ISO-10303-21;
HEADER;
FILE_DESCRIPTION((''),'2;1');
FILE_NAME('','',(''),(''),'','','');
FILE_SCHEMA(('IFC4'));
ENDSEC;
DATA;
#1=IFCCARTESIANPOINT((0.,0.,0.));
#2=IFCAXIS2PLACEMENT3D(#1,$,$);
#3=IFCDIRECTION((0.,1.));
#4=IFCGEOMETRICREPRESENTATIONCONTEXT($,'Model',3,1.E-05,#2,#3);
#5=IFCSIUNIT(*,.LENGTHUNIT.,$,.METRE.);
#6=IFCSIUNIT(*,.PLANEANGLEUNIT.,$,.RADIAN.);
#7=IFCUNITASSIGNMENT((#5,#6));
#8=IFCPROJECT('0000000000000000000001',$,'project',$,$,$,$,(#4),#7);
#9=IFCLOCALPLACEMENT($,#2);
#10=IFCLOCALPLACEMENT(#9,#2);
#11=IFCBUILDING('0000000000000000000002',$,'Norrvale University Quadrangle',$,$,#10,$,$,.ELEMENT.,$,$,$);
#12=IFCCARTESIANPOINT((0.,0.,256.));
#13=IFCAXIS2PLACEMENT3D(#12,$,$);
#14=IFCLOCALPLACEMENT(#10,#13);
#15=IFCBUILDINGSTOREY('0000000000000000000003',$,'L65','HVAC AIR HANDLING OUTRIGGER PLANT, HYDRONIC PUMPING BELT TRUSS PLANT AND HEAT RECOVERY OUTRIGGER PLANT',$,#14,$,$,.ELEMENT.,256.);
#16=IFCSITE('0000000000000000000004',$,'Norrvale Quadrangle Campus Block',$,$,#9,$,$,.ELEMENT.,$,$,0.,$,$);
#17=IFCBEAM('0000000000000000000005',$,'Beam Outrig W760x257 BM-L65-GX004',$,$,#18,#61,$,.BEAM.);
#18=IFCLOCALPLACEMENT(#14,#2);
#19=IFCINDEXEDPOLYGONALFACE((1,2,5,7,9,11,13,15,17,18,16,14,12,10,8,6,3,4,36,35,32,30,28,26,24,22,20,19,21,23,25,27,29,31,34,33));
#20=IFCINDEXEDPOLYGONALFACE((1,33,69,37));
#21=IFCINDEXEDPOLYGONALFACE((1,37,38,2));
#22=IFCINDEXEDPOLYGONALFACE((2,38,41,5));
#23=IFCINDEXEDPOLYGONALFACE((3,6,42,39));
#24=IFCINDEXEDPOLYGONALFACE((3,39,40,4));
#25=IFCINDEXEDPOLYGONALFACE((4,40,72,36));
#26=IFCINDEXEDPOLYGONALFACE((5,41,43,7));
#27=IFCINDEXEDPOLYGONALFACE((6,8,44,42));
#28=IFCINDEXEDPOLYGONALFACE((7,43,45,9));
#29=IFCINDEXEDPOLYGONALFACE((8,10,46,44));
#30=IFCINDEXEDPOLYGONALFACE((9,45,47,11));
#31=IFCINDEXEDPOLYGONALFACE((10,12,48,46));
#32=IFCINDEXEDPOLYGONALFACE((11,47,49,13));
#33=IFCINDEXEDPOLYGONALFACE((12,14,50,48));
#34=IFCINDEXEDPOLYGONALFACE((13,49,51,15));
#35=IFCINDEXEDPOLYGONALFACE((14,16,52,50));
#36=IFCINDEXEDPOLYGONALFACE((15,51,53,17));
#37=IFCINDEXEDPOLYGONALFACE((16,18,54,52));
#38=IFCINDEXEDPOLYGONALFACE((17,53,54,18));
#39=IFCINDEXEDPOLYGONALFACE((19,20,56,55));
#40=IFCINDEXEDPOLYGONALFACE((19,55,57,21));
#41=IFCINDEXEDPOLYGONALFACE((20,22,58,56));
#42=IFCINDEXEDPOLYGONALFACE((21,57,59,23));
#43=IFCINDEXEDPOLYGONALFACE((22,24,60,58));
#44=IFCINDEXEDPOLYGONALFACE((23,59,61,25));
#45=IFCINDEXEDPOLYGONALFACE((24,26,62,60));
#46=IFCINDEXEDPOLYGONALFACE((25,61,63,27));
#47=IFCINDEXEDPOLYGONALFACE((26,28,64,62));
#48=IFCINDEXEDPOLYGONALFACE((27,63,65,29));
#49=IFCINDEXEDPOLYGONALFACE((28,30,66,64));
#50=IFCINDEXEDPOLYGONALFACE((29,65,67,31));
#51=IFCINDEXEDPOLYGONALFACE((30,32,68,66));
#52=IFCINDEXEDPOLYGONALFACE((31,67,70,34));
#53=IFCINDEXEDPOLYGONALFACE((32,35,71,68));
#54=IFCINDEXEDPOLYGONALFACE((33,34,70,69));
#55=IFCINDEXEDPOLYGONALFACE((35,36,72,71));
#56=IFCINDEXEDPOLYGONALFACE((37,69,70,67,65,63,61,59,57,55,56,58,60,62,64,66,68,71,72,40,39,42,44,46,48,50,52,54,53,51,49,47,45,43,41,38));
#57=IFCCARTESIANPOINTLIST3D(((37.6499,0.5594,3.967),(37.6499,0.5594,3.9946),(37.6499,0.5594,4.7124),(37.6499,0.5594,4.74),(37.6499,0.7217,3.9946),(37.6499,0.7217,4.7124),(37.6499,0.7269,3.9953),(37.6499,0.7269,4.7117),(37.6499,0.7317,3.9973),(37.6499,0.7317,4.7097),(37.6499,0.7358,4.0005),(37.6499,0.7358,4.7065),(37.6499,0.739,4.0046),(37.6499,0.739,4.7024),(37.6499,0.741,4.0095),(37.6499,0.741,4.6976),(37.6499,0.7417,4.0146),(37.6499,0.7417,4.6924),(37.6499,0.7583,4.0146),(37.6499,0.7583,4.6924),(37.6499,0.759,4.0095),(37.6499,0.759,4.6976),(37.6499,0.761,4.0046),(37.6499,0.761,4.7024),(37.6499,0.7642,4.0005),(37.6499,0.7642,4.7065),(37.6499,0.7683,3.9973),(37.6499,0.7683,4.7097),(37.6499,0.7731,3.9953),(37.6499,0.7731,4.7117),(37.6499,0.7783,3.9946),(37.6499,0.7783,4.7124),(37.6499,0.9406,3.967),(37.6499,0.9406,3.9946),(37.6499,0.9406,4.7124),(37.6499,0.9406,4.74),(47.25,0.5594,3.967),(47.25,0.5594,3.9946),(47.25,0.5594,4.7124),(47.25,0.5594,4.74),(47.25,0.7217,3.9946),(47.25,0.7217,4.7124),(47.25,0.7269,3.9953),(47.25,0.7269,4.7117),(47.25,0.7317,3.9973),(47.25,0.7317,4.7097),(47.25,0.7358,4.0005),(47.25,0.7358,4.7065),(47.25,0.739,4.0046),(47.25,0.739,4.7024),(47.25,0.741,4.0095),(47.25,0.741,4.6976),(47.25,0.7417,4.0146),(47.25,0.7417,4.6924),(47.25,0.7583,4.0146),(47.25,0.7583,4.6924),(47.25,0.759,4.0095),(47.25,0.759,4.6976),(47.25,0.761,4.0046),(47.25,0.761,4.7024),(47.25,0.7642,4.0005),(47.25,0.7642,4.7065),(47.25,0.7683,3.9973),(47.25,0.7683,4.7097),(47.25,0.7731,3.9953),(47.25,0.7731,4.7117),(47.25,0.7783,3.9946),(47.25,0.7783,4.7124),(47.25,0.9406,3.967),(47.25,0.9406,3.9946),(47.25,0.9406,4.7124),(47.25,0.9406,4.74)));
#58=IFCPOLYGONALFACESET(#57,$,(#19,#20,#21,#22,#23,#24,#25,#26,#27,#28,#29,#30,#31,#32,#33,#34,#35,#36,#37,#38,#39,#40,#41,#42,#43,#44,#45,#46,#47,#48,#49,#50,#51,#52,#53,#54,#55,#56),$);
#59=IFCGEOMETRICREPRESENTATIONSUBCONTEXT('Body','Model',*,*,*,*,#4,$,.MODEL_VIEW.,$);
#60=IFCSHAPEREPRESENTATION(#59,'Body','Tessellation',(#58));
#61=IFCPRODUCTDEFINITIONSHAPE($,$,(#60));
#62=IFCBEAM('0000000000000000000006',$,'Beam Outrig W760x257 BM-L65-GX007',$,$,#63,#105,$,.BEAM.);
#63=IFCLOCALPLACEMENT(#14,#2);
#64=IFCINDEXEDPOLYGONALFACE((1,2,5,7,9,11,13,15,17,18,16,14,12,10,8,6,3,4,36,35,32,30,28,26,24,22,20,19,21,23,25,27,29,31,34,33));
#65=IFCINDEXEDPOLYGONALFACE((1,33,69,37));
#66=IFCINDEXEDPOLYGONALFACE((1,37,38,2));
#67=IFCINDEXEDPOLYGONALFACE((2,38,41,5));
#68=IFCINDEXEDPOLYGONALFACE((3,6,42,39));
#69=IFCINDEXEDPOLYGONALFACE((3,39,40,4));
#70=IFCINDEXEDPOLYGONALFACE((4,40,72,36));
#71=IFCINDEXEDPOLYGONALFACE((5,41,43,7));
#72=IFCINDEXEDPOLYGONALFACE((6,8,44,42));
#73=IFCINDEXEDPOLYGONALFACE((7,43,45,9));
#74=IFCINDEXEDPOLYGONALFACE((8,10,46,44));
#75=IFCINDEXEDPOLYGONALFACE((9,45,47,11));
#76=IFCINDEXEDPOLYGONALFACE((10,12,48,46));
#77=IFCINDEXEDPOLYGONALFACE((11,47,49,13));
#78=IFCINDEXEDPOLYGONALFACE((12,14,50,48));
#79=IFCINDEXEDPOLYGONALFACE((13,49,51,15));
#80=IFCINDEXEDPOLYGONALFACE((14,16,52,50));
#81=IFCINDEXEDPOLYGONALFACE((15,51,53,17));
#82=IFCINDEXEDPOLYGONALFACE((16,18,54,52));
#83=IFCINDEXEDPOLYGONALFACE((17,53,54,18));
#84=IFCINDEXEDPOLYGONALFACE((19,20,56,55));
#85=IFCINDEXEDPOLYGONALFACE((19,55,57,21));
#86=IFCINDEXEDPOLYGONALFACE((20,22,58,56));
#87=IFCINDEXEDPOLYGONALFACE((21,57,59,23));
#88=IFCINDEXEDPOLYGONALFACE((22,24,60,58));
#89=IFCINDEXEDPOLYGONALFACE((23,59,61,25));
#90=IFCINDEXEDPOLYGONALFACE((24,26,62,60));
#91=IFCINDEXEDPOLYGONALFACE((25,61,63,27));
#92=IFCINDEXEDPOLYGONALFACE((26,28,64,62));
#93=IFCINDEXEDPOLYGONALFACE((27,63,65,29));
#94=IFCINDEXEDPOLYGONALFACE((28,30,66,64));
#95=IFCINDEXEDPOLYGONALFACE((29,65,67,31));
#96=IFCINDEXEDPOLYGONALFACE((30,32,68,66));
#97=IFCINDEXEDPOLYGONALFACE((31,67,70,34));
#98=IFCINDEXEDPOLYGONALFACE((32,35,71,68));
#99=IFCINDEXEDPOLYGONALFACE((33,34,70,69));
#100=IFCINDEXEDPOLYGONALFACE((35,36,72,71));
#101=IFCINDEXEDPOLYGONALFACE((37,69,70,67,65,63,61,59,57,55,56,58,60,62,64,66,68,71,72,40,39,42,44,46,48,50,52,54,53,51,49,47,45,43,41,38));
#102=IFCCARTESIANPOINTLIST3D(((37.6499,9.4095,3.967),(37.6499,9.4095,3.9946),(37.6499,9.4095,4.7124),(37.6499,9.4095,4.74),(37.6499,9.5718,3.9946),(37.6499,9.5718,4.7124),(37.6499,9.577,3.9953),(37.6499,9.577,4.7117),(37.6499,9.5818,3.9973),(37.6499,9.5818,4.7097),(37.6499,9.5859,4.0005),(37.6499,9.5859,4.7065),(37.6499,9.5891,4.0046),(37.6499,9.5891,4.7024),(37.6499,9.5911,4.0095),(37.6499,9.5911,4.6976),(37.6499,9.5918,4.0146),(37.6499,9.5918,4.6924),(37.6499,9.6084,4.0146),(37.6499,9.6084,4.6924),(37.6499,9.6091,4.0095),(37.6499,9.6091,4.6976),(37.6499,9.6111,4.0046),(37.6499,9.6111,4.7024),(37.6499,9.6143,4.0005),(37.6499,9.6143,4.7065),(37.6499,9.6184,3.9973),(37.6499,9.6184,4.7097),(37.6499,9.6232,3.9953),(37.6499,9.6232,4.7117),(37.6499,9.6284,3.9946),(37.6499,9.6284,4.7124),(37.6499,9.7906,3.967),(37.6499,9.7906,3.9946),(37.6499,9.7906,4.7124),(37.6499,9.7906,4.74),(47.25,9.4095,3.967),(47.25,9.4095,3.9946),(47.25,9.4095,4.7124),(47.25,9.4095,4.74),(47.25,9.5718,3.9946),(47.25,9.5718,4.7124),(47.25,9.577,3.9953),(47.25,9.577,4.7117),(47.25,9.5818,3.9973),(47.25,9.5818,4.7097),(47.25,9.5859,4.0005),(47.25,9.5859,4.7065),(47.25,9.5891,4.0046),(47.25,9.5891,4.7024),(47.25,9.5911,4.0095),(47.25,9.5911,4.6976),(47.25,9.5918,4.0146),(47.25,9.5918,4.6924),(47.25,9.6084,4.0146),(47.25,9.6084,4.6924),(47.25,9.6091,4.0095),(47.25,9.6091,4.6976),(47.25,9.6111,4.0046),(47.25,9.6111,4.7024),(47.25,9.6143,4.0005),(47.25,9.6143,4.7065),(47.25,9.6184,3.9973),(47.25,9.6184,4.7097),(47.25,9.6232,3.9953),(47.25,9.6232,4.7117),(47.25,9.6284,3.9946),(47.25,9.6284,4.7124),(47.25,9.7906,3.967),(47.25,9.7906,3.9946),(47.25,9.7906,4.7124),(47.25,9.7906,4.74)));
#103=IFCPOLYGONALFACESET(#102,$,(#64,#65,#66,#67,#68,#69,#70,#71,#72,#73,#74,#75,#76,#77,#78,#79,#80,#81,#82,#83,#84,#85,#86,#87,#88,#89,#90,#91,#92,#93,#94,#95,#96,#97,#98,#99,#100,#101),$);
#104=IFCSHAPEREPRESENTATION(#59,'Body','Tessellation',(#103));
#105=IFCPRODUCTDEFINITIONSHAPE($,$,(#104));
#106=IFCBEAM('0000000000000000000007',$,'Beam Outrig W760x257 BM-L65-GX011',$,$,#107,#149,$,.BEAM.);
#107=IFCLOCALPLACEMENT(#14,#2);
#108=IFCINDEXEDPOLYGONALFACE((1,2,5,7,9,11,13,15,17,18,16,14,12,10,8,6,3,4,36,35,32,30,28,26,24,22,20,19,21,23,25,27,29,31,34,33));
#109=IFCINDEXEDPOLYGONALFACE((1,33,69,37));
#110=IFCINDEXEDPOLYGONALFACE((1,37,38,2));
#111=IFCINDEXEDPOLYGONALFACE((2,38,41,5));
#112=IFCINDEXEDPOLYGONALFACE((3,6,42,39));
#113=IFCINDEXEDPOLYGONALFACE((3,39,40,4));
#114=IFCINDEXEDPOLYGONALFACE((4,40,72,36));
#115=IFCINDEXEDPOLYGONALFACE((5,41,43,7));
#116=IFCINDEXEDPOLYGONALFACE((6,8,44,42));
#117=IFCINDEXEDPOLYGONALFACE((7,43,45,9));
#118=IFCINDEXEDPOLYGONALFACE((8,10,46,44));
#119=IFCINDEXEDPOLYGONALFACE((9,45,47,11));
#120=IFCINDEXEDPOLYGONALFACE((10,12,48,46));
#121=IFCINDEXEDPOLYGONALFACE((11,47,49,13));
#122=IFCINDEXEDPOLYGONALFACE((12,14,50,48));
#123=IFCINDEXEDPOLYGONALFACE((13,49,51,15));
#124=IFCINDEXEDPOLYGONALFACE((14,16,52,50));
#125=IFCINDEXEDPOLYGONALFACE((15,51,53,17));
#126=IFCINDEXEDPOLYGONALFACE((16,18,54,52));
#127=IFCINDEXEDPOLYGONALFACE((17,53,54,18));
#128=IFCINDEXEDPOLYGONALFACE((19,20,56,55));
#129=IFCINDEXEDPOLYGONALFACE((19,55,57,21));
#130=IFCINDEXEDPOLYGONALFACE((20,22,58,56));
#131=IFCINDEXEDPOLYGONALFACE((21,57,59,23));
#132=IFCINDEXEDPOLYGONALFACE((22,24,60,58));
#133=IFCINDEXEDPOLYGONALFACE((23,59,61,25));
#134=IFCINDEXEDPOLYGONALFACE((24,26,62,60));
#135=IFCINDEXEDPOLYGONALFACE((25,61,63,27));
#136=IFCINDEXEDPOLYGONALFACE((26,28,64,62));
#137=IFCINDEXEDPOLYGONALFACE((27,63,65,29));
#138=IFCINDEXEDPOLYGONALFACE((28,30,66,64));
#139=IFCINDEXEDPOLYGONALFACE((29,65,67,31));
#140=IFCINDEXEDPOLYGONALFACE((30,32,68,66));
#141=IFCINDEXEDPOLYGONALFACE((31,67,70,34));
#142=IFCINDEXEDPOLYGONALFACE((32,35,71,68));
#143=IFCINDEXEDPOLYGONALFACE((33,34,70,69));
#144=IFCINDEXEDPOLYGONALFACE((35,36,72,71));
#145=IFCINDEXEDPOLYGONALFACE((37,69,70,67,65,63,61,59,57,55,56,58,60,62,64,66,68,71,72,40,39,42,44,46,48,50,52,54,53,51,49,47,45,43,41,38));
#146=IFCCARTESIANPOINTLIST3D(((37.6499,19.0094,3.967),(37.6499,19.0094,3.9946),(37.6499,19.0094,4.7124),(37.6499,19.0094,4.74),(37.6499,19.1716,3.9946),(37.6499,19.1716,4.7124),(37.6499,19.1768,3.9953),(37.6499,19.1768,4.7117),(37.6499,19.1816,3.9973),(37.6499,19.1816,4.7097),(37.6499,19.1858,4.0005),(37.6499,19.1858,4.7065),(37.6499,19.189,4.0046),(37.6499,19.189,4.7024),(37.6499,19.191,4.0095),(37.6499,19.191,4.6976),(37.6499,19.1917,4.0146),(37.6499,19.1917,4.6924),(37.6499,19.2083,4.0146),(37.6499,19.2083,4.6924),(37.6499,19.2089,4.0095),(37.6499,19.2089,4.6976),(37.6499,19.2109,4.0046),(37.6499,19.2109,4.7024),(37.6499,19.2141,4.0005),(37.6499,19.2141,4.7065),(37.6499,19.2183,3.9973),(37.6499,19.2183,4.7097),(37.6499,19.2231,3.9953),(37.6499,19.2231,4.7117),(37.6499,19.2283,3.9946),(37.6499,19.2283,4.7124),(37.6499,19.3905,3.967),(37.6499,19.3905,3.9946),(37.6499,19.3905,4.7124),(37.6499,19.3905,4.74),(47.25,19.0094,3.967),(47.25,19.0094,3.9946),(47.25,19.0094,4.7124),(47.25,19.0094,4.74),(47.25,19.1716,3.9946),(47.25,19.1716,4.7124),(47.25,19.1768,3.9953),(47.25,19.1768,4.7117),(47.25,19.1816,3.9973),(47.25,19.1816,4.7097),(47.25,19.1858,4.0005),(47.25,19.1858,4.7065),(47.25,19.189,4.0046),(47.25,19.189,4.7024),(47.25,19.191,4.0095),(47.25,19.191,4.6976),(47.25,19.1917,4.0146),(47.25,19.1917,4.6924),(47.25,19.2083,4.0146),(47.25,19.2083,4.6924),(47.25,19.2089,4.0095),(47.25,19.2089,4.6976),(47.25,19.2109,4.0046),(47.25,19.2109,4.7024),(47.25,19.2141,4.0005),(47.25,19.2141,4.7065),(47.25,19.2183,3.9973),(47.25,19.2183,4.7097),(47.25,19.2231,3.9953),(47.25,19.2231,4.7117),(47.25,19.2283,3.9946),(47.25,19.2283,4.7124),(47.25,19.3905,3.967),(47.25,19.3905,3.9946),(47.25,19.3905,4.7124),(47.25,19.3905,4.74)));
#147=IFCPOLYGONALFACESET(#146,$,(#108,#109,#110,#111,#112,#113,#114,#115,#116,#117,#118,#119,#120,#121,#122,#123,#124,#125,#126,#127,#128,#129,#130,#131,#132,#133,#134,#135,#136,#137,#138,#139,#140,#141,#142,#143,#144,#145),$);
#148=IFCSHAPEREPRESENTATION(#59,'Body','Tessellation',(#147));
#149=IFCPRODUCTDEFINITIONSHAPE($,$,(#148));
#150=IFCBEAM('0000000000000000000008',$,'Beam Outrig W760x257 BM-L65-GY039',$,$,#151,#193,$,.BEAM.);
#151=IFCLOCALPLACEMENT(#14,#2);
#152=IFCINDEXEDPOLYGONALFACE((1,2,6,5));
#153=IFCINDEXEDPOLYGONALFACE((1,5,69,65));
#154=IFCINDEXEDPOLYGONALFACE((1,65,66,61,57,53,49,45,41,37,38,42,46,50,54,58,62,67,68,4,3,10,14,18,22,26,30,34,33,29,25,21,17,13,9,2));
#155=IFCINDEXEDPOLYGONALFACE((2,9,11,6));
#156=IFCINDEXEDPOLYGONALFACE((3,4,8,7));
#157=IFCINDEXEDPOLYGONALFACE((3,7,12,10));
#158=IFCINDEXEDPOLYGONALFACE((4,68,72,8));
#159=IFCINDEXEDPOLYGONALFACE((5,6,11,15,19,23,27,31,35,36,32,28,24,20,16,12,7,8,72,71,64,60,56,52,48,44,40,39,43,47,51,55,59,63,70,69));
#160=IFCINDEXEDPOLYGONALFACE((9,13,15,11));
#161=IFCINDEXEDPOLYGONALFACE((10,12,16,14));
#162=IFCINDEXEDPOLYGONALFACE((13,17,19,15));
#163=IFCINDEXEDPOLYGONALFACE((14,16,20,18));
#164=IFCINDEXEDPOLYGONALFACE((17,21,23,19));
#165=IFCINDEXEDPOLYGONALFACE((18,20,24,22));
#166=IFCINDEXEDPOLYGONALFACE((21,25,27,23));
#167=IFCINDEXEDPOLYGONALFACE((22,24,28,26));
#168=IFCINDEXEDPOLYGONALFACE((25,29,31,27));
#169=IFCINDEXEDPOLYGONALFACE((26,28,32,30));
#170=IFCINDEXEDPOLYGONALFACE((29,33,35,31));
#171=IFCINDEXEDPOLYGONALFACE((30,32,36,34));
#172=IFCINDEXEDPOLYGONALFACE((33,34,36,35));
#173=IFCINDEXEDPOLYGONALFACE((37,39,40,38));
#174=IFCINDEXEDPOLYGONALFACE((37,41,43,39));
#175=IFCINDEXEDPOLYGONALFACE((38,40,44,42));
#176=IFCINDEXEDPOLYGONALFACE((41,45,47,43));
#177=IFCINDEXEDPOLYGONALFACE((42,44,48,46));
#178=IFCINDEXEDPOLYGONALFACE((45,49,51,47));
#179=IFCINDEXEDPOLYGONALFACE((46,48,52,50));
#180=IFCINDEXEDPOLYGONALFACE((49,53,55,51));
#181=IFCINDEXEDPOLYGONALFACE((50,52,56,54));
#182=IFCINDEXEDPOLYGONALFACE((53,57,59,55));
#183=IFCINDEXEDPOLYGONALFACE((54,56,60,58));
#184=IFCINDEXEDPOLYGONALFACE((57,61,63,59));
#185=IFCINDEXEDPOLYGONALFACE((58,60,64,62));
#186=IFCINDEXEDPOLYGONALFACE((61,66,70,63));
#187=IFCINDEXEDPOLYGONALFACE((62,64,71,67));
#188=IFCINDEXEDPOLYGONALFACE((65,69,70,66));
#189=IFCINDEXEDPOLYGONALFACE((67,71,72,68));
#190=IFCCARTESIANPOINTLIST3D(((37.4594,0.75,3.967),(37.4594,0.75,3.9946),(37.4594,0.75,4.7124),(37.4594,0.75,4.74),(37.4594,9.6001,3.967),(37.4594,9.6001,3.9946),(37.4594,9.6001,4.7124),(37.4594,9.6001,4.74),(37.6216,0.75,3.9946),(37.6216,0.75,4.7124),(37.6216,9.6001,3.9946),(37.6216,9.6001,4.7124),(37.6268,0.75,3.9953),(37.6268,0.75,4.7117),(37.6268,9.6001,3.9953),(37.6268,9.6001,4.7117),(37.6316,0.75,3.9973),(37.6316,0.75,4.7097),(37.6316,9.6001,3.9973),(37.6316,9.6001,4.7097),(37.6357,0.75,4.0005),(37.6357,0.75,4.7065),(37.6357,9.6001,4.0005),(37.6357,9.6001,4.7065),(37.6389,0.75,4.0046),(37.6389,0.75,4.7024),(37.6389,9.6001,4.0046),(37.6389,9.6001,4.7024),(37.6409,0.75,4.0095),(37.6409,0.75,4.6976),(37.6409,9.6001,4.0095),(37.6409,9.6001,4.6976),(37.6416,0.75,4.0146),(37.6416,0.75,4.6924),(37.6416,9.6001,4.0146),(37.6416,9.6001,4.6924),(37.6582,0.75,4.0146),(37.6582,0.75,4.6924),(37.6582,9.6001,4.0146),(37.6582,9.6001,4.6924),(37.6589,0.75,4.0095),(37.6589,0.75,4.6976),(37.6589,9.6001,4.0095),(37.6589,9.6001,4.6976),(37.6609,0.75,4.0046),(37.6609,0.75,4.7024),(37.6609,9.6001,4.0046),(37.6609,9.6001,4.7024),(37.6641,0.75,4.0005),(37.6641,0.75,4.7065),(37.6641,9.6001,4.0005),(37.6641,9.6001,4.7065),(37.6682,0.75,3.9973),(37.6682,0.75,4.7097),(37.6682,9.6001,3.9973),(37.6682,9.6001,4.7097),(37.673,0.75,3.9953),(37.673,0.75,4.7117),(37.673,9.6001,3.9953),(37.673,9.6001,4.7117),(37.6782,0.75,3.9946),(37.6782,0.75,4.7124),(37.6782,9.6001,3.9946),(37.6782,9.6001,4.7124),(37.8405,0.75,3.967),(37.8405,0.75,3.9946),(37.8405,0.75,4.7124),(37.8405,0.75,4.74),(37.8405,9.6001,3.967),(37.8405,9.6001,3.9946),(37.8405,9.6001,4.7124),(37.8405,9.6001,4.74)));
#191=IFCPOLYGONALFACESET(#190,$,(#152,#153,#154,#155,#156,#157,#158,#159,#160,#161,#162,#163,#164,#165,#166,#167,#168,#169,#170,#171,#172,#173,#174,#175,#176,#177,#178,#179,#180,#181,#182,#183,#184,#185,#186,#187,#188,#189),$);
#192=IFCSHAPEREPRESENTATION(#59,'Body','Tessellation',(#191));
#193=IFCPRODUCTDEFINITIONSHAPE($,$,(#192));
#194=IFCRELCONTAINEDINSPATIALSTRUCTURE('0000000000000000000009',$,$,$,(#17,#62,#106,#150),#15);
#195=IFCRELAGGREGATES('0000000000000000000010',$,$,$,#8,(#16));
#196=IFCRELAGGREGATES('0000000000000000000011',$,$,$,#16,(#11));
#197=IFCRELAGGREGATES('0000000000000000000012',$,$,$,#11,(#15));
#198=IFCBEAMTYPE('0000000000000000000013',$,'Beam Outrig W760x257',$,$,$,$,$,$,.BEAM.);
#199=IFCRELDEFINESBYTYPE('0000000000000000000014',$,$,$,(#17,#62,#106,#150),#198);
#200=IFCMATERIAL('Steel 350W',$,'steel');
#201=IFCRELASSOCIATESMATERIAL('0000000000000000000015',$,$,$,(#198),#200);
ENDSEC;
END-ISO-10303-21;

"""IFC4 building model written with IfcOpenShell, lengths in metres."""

from ifc_helpers import new_model, si_unit, direction, frame, origin, origin_2d, place, context, subcontext, project, spatial, i_section, extrude, material, material_profile, profile_set, type_object, element, save


model = new_model("IFC4")

# Units and contexts
model_context = context("Model", 3, precision=1e-05, world=origin(), true_north=direction((0.0, 1.0)))
body_context = subcontext(model_context, "Body", "Model", "MODEL_VIEW")
ifc_project = project(units=[si_unit("LENGTHUNIT", "METRE"), si_unit("PLANEANGLEUNIT", "RADIAN")], contexts=[model_context])

# Site, building, storey
site_placement = place(None, origin())
site = spatial("IfcSite", under=ifc_project, at=site_placement, Name="Norrvale Quadrangle Campus Block", CompositionType="ELEMENT", RefElevation=0.0)
building_placement = place(site_placement, origin())
building = spatial("IfcBuilding", under=site, at=building_placement, Name="Norrvale University Quadrangle", CompositionType="ELEMENT")
storey_placement = place(building_placement, frame((0.0, 0.0, 256.0)))
storey = spatial("IfcBuildingStorey", under=building, at=storey_placement, Name="L65", Description="HVAC AIR HANDLING OUTRIGGER PLANT, HYDRONIC PUMPING BELT TRUSS PLANT AND HEAT RECOVERY OUTRIGGER PLANT", CompositionType="ELEMENT", Elevation=256.0)

# Beams
ifc_material_1 = material(Name="Steel 350W", Category="steel")
ifc_material_profile_1 = material_profile(ifc_material_1, i_section(OverallWidth=0.3811, OverallDepth=0.7729, WebThickness=0.0166, FlangeThickness=0.0276, FilletRadius=0.02, at=origin_2d()), Name="Steel 350W")
ifc_profile_set_1 = profile_set([ifc_material_profile_1], Name="Steel 350W")
beam_type_1 = type_object("IfcBeamType", Name="Beam Outrig W760x257", PredefinedType="BEAM", material=ifc_profile_set_1)
for number, where, z_axis, x_axis, name in (
    (1, (37.6499, 0.75, 4.3535), (1.0, 0.0, 0.0), (0.0, 1.0, 0.0), "Beam Outrig W760x257 BM-L65-GX004"),
    (2, (37.6499, 9.6001, 4.3535), (1.0, 0.0, 0.0), (0.0, 1.0, 0.0), "Beam Outrig W760x257 BM-L65-GX007"),
    (3, (37.6499, 19.2, 4.3535), (1.0, 0.0, 0.0), (0.0, 1.0, 0.0), "Beam Outrig W760x257 BM-L65-GX011"),
):
    element("IfcBeam", number, at=place(storey_placement, frame(where, z_axis=z_axis, x_axis=x_axis)), inside=storey, type_object=beam_type_1, Name=name, PredefinedType="BEAM", context=body_context, shape_type="SweptSolid", body=[
        extrude(i_section(OverallWidth=0.3811, OverallDepth=0.7729, WebThickness=0.0166, FlangeThickness=0.0276, FilletRadius=0.02, at=origin_2d()), origin(), (0.0, 0.0, 1.0), 9.6001),
    ])
beam_1_placement = place(storey_placement, frame((37.6499, 0.75, 4.3535), z_axis=(0.0, 1.0, 0.0), x_axis=(-1.0, 0.0, 0.0)))
element("IfcBeam", 4, at=beam_1_placement, inside=storey, type_object=beam_type_1, Name="Beam Outrig W760x257 BM-L65-GY039", PredefinedType="BEAM", context=body_context, shape_type="SweptSolid", body=[
    extrude(i_section(OverallWidth=0.3811, OverallDepth=0.7729, WebThickness=0.0166, FlangeThickness=0.0276, FilletRadius=0.02, at=origin_2d()), origin(), (0.0, 0.0, 1.0), 8.8501),
])

save(model, "model.ifc")
